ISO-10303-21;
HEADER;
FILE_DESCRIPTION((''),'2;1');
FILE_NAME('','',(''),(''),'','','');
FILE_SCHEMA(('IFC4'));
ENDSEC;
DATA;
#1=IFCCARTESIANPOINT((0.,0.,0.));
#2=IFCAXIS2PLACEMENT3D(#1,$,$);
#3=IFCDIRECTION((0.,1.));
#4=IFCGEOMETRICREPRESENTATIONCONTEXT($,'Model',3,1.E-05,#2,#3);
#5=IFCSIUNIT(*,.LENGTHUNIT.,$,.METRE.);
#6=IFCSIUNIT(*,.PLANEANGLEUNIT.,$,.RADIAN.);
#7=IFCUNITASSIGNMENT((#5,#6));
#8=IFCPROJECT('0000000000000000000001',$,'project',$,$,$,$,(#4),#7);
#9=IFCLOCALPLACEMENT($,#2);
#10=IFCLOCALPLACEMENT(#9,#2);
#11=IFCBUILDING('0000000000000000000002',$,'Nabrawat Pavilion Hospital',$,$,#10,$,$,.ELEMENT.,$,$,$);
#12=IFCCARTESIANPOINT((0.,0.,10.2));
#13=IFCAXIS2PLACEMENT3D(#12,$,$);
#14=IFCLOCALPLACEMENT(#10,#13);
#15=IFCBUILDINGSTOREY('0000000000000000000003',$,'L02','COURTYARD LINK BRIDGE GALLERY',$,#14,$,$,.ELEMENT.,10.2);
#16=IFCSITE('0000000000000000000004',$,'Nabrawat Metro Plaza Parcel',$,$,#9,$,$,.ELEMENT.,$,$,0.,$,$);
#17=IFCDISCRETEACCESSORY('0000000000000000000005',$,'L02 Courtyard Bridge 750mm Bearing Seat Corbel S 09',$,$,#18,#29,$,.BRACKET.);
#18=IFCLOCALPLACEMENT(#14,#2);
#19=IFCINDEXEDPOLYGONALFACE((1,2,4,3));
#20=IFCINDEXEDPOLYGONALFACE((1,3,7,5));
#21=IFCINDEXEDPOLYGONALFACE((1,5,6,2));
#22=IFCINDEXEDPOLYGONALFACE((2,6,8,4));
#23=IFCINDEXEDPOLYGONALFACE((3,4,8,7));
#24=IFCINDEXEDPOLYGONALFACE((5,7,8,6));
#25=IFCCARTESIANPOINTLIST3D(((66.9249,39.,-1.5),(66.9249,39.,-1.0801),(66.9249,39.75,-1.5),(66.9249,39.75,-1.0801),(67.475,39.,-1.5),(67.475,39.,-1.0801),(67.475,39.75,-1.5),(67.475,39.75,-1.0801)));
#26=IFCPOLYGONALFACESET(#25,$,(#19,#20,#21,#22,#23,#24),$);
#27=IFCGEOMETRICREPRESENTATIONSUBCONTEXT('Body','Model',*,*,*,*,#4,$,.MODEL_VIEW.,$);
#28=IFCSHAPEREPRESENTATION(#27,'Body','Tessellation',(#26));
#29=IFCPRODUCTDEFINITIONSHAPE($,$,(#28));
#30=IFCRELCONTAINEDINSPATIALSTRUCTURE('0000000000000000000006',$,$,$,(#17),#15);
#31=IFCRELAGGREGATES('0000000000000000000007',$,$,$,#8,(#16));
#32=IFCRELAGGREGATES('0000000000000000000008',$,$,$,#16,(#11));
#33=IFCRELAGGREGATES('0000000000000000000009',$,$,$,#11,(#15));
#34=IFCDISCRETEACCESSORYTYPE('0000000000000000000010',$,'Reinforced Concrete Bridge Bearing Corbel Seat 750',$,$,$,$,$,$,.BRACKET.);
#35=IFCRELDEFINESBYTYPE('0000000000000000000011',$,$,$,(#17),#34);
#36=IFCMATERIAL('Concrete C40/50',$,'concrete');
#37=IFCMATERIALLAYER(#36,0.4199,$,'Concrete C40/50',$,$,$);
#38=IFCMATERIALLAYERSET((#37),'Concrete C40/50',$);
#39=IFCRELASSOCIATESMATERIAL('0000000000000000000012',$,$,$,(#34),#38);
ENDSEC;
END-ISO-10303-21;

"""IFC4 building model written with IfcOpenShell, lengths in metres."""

from ifc_helpers import new_model, si_unit, direction, frame, origin, origin_2d, place, context, subcontext, project, spatial, rectangle, extrude, material, layer, layer_set, type_object, element, save


model = new_model("IFC4")

# Units and contexts
model_context = context("Model", 3, precision=1e-05, world=origin(), true_north=direction((0.0, 1.0)))
body_context = subcontext(model_context, "Body", "Model", "MODEL_VIEW")
ifc_project = project(units=[si_unit("LENGTHUNIT", "METRE"), si_unit("PLANEANGLEUNIT", "RADIAN")], contexts=[model_context])

# Site, building, storey
site_placement = place(None, origin())
site = spatial("IfcSite", under=ifc_project, at=site_placement, Name="Nabrawat Metro Plaza Parcel", CompositionType="ELEMENT", RefElevation=0.0)
building_placement = place(site_placement, origin())
building = spatial("IfcBuilding", under=site, at=building_placement, Name="Nabrawat Pavilion Hospital", CompositionType="ELEMENT")
storey_placement = place(building_placement, frame((0.0, 0.0, 10.2)))
storey = spatial("IfcBuildingStorey", under=building, at=storey_placement, Name="L02", Description="COURTYARD LINK BRIDGE GALLERY", CompositionType="ELEMENT", Elevation=10.2)

# Discrete accessory
ifc_material_1 = material(Name="Concrete C40/50", Category="concrete")
ifc_layer_1 = layer(ifc_material_1, 0.4199, Name="Concrete C40/50")
ifc_layer_set_1 = layer_set([ifc_layer_1], Name="Concrete C40/50")
discrete_accessory_type_1 = type_object("IfcDiscreteAccessoryType", Name="Reinforced Concrete Bridge Bearing Corbel Seat 750", PredefinedType="BRACKET", material=ifc_layer_set_1)
discrete_accessory_1_placement = place(storey_placement, frame((67.2, 39.375, -1.5), z_axis=(0.0, 0.0, 1.0), x_axis=(1.0, 0.0, 0.0)))
element("IfcDiscreteAccessory", 1, at=discrete_accessory_1_placement, inside=storey, type_object=discrete_accessory_type_1, Name="L02 Courtyard Bridge 750mm Bearing Seat Corbel S 09", PredefinedType="BRACKET", context=body_context, shape_type="SweptSolid", body=[
    extrude(rectangle(XDim=0.55, YDim=0.75, at=origin_2d()), origin(), (0.0, 0.0, 1.0), 0.4199),
])

save(model, "model.ifc")
